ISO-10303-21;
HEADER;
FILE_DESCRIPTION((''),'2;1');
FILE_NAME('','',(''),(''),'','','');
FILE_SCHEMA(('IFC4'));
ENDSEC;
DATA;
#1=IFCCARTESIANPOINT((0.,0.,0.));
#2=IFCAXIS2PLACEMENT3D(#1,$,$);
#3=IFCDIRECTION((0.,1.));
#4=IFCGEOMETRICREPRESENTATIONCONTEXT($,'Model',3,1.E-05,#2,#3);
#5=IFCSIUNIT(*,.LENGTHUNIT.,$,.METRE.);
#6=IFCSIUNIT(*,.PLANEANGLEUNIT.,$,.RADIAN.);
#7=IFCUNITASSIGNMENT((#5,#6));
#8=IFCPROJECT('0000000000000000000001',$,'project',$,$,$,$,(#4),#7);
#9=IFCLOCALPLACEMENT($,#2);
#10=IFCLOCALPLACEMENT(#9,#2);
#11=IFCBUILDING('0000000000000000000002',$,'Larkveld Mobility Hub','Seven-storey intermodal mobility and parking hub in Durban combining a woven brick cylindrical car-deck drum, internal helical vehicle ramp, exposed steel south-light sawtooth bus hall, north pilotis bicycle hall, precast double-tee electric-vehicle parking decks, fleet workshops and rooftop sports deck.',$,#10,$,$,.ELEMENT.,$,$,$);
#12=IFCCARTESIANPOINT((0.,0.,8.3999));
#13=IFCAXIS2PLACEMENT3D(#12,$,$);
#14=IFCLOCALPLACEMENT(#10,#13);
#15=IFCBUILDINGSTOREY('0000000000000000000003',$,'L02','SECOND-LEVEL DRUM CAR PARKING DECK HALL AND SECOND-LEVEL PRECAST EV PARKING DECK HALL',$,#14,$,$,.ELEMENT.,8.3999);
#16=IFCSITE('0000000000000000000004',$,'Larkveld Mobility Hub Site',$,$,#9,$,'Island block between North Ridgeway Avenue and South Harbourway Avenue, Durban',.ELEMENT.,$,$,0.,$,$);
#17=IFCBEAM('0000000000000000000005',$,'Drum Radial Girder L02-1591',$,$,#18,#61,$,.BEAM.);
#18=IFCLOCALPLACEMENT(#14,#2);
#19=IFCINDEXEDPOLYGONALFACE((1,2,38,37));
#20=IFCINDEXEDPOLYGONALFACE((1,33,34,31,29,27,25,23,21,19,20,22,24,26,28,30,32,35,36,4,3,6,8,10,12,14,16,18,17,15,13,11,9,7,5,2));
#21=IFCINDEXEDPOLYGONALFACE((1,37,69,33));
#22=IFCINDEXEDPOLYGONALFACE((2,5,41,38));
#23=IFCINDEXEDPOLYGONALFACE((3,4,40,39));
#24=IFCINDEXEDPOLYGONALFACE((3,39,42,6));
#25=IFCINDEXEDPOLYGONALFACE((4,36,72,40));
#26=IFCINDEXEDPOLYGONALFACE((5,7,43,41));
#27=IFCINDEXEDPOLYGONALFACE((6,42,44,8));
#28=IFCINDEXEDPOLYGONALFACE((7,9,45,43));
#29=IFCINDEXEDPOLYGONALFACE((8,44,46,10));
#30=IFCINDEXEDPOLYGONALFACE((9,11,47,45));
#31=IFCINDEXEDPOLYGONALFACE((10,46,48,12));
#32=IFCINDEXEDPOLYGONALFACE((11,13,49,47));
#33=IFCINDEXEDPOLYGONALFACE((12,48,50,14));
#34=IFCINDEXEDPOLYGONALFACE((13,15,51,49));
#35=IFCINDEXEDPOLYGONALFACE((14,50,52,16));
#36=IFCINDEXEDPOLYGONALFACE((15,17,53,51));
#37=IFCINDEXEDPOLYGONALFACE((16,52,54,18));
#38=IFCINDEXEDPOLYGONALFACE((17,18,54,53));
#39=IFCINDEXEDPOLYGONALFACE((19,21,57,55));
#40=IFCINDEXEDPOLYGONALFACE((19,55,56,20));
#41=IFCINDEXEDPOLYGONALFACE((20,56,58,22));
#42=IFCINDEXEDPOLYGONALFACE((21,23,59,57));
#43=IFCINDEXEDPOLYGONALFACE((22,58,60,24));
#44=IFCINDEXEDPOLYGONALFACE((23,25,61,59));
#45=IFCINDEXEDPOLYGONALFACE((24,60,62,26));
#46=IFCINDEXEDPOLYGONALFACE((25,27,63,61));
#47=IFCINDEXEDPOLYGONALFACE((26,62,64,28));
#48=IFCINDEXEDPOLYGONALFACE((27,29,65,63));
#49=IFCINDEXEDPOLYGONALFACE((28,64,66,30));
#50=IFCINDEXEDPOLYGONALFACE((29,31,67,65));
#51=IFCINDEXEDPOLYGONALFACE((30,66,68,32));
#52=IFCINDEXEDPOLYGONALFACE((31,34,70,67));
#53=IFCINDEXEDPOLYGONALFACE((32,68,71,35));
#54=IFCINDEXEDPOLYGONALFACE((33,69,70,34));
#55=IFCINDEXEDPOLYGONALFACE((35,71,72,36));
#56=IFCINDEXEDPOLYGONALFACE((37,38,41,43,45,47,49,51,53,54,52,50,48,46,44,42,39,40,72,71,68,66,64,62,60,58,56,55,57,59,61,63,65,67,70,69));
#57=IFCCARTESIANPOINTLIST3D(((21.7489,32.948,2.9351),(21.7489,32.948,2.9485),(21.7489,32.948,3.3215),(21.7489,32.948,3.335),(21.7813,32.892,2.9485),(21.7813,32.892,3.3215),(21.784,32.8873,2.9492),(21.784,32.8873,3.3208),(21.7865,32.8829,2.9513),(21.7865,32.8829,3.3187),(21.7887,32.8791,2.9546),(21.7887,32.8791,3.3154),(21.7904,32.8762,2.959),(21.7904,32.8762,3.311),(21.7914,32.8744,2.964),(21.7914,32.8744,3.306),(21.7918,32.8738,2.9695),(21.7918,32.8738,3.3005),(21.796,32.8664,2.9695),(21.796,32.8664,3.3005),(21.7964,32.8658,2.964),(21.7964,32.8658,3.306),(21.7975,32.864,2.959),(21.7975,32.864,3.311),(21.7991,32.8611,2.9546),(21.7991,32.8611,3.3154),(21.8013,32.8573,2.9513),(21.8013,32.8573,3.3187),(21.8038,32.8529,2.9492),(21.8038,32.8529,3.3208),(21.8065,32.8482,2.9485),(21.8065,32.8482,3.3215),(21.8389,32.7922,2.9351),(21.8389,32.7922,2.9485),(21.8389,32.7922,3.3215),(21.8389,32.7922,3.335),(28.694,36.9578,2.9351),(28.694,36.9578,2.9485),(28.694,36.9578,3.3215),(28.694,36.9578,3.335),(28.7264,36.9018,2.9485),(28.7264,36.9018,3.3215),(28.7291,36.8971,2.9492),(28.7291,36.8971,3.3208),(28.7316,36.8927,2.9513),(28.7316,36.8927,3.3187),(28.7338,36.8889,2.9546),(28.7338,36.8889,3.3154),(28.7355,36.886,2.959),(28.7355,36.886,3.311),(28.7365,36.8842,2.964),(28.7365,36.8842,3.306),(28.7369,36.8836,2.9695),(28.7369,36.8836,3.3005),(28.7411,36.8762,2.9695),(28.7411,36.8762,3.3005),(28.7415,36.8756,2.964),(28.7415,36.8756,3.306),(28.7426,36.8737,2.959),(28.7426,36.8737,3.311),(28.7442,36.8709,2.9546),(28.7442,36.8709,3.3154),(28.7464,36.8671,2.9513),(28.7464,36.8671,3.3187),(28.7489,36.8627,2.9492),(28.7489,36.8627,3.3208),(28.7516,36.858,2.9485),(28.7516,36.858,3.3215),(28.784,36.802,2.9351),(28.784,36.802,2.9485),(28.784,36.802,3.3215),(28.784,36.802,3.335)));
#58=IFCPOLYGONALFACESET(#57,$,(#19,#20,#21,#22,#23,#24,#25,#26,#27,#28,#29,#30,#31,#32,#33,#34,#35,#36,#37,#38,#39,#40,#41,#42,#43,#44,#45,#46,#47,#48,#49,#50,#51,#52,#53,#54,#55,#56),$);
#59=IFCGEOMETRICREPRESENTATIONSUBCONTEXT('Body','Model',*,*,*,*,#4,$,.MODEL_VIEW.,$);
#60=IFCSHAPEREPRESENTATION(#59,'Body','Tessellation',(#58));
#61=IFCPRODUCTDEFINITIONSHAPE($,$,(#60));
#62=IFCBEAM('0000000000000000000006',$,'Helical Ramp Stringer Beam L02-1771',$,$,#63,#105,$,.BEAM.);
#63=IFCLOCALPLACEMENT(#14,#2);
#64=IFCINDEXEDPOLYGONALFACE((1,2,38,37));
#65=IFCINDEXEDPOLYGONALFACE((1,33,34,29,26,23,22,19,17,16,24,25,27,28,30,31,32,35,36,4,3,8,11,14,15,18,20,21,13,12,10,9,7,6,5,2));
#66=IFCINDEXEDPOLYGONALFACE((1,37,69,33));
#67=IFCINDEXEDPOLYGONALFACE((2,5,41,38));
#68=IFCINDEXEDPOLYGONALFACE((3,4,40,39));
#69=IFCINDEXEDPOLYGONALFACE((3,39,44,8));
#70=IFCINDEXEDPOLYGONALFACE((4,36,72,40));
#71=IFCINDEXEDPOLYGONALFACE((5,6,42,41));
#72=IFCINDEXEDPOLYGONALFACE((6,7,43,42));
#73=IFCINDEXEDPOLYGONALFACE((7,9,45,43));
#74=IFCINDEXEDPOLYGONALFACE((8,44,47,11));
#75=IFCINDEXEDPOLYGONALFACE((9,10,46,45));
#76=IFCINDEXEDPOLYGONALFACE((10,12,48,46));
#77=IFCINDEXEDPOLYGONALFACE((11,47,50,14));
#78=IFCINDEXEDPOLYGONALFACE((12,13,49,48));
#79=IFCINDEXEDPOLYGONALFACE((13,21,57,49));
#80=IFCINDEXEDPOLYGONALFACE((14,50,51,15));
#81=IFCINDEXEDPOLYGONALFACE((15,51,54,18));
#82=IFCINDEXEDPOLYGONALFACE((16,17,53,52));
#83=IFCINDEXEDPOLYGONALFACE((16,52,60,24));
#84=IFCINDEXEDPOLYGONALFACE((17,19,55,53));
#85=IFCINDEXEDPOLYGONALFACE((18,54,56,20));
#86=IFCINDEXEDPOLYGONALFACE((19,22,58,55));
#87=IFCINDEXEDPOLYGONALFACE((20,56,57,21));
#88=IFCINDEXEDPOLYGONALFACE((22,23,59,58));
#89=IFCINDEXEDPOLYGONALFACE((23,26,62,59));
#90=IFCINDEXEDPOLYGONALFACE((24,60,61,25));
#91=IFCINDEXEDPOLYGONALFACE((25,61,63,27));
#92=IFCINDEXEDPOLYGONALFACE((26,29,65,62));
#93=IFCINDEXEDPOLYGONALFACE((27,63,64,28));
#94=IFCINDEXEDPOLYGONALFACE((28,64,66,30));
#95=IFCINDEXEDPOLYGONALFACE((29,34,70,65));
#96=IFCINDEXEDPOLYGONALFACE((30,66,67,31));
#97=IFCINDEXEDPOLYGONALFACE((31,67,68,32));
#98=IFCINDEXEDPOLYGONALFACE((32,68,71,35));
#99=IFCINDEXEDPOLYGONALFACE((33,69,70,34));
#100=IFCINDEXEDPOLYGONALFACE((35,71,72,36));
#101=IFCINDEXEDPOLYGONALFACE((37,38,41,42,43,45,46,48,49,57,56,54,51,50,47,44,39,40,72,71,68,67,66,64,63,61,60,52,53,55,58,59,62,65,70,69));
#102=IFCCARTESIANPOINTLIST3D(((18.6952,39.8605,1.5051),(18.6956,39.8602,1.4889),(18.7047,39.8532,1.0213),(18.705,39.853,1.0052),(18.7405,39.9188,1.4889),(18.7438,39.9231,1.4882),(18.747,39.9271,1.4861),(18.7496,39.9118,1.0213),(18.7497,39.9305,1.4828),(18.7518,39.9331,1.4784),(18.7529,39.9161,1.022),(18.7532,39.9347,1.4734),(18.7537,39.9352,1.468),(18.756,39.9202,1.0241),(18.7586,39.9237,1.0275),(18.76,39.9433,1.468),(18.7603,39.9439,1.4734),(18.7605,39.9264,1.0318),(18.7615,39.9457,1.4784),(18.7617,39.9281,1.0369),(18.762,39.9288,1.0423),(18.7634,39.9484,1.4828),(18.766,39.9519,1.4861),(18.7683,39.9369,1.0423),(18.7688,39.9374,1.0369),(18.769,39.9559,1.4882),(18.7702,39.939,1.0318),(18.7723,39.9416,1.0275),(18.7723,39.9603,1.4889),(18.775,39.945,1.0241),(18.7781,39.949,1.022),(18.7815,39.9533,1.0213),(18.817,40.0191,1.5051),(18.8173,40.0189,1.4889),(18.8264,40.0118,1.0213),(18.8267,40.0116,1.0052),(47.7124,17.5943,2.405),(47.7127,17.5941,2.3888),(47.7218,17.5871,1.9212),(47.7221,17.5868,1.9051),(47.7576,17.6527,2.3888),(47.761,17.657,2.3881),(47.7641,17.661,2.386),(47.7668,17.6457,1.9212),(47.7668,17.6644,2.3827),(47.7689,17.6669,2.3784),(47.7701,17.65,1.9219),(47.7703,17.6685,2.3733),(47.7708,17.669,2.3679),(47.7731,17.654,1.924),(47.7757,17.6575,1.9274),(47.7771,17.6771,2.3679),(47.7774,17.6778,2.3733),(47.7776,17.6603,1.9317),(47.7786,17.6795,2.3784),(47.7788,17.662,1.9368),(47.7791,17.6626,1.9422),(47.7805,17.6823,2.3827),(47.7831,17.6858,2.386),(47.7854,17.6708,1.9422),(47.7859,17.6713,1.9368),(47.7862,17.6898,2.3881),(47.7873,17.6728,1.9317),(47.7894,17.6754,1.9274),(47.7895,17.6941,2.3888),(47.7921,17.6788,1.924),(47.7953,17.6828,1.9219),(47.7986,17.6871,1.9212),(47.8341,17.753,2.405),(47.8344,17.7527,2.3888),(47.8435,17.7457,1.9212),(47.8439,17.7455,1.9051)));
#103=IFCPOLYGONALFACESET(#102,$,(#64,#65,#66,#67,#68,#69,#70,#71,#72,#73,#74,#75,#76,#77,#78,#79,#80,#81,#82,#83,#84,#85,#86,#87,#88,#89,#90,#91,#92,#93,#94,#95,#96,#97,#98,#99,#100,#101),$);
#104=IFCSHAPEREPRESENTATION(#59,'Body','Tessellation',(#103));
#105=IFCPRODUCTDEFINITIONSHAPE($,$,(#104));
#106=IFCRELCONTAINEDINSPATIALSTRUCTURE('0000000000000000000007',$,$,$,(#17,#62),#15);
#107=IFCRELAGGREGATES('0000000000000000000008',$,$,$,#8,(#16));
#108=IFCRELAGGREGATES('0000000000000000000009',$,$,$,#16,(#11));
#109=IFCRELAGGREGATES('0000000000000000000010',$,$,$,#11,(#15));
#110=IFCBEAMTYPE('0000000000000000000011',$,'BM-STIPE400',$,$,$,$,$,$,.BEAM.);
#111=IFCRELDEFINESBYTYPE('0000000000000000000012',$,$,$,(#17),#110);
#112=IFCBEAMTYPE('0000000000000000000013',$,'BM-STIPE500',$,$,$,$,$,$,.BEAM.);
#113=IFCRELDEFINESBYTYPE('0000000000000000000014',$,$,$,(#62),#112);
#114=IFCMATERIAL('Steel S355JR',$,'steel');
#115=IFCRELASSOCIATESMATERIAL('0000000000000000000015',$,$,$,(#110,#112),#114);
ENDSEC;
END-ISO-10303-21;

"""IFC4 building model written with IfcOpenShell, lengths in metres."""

from ifc_helpers import new_model, si_unit, direction, frame, origin, origin_2d, place, context, subcontext, project, spatial, i_section, extrude, material, material_profile, profile_set, type_object, element, save


model = new_model("IFC4")

# Units and contexts
model_context = context("Model", 3, precision=1e-05, world=origin(), true_north=direction((0.0, 1.0)))
body_context = subcontext(model_context, "Body", "Model", "MODEL_VIEW")
ifc_project = project(units=[si_unit("LENGTHUNIT", "METRE"), si_unit("PLANEANGLEUNIT", "RADIAN")], contexts=[model_context])

# Site, building, storey
site_placement = place(None, origin())
site = spatial("IfcSite", under=ifc_project, at=site_placement, Name="Larkveld Mobility Hub Site", LongName="Island block between North Ridgeway Avenue and South Harbourway Avenue, Durban", CompositionType="ELEMENT", RefElevation=0.0)
building_placement = place(site_placement, origin())
building = spatial("IfcBuilding", under=site, at=building_placement, Name="Larkveld Mobility Hub", Description="Seven-storey intermodal mobility and parking hub in Durban combining a woven brick cylindrical car-deck drum, internal helical vehicle ramp, exposed steel south-light sawtooth bus hall, north pilotis bicycle hall, precast double-tee electric-vehicle parking decks, fleet workshops and rooftop sports deck.", CompositionType="ELEMENT")
storey_placement = place(building_placement, frame((0.0, 0.0, 8.3999)))
storey = spatial("IfcBuildingStorey", under=building, at=storey_placement, Name="L02", Description="SECOND-LEVEL DRUM CAR PARKING DECK HALL AND SECOND-LEVEL PRECAST EV PARKING DECK HALL", CompositionType="ELEMENT", Elevation=8.3999)

# Beams
ifc_material_1 = material(Name="Steel S355JR", Category="steel")
ifc_material_profile_1 = material_profile(ifc_material_1, i_section(OverallWidth=0.1799, OverallDepth=0.3999, WebThickness=0.0085, FlangeThickness=0.0134, FilletRadius=0.021, at=origin_2d()), Name="IPE 400")
ifc_profile_set_1 = profile_set([ifc_material_profile_1], Name="Steel S355JR")
beam_type_1 = type_object("IfcBeamType", Name="BM-STIPE400", PredefinedType="BEAM", material=ifc_profile_set_1)
beam_1_placement = place(storey_placement, frame((28.739, 36.8799, 3.135), z_axis=(-0.866024, -0.500003, 0.0), x_axis=(0.500003, -0.866024, 0.0)))
element("IfcBeam", 1, at=beam_1_placement, inside=storey, type_object=beam_type_1, Name="Drum Radial Girder L02-1591", PredefinedType="BEAM", context=body_context, shape_type="SweptSolid", body=[
    extrude(i_section(OverallWidth=0.1799, OverallDepth=0.3999, WebThickness=0.0085, FlangeThickness=0.0134, FilletRadius=0.021, at=origin_2d()), origin(), (0.0, 0.0, 1.0), 8.0195),
])
ifc_material_profile_2 = material_profile(ifc_material_1, i_section(OverallWidth=0.2, OverallDepth=0.5, WebThickness=0.0103, FlangeThickness=0.0161, FilletRadius=0.021, at=origin_2d()), Name="IPE 500")
ifc_profile_set_2 = profile_set([ifc_material_profile_2], Name="Steel S355JR")
beam_type_2 = type_object("IfcBeamType", Name="BM-STIPE500", PredefinedType="BEAM", material=ifc_profile_set_2)
beam_2_placement = place(storey_placement, frame((18.761, 39.936, 1.2551), z_axis=(0.793106, -0.608586, 0.024596), x_axis=(0.60877, 0.793347, 0.0)))
element("IfcBeam", 2, at=beam_2_placement, inside=storey, type_object=beam_type_2, Name="Helical Ramp Stringer Beam L02-1771", PredefinedType="BEAM", context=body_context, shape_type="SweptSolid", body=[
    extrude(i_section(OverallWidth=0.2, OverallDepth=0.5, WebThickness=0.0103, FlangeThickness=0.0161, FilletRadius=0.021, at=origin_2d()), origin(), (0.0, 0.0, 1.0), 36.5867),
])

save(model, "model.ifc")
